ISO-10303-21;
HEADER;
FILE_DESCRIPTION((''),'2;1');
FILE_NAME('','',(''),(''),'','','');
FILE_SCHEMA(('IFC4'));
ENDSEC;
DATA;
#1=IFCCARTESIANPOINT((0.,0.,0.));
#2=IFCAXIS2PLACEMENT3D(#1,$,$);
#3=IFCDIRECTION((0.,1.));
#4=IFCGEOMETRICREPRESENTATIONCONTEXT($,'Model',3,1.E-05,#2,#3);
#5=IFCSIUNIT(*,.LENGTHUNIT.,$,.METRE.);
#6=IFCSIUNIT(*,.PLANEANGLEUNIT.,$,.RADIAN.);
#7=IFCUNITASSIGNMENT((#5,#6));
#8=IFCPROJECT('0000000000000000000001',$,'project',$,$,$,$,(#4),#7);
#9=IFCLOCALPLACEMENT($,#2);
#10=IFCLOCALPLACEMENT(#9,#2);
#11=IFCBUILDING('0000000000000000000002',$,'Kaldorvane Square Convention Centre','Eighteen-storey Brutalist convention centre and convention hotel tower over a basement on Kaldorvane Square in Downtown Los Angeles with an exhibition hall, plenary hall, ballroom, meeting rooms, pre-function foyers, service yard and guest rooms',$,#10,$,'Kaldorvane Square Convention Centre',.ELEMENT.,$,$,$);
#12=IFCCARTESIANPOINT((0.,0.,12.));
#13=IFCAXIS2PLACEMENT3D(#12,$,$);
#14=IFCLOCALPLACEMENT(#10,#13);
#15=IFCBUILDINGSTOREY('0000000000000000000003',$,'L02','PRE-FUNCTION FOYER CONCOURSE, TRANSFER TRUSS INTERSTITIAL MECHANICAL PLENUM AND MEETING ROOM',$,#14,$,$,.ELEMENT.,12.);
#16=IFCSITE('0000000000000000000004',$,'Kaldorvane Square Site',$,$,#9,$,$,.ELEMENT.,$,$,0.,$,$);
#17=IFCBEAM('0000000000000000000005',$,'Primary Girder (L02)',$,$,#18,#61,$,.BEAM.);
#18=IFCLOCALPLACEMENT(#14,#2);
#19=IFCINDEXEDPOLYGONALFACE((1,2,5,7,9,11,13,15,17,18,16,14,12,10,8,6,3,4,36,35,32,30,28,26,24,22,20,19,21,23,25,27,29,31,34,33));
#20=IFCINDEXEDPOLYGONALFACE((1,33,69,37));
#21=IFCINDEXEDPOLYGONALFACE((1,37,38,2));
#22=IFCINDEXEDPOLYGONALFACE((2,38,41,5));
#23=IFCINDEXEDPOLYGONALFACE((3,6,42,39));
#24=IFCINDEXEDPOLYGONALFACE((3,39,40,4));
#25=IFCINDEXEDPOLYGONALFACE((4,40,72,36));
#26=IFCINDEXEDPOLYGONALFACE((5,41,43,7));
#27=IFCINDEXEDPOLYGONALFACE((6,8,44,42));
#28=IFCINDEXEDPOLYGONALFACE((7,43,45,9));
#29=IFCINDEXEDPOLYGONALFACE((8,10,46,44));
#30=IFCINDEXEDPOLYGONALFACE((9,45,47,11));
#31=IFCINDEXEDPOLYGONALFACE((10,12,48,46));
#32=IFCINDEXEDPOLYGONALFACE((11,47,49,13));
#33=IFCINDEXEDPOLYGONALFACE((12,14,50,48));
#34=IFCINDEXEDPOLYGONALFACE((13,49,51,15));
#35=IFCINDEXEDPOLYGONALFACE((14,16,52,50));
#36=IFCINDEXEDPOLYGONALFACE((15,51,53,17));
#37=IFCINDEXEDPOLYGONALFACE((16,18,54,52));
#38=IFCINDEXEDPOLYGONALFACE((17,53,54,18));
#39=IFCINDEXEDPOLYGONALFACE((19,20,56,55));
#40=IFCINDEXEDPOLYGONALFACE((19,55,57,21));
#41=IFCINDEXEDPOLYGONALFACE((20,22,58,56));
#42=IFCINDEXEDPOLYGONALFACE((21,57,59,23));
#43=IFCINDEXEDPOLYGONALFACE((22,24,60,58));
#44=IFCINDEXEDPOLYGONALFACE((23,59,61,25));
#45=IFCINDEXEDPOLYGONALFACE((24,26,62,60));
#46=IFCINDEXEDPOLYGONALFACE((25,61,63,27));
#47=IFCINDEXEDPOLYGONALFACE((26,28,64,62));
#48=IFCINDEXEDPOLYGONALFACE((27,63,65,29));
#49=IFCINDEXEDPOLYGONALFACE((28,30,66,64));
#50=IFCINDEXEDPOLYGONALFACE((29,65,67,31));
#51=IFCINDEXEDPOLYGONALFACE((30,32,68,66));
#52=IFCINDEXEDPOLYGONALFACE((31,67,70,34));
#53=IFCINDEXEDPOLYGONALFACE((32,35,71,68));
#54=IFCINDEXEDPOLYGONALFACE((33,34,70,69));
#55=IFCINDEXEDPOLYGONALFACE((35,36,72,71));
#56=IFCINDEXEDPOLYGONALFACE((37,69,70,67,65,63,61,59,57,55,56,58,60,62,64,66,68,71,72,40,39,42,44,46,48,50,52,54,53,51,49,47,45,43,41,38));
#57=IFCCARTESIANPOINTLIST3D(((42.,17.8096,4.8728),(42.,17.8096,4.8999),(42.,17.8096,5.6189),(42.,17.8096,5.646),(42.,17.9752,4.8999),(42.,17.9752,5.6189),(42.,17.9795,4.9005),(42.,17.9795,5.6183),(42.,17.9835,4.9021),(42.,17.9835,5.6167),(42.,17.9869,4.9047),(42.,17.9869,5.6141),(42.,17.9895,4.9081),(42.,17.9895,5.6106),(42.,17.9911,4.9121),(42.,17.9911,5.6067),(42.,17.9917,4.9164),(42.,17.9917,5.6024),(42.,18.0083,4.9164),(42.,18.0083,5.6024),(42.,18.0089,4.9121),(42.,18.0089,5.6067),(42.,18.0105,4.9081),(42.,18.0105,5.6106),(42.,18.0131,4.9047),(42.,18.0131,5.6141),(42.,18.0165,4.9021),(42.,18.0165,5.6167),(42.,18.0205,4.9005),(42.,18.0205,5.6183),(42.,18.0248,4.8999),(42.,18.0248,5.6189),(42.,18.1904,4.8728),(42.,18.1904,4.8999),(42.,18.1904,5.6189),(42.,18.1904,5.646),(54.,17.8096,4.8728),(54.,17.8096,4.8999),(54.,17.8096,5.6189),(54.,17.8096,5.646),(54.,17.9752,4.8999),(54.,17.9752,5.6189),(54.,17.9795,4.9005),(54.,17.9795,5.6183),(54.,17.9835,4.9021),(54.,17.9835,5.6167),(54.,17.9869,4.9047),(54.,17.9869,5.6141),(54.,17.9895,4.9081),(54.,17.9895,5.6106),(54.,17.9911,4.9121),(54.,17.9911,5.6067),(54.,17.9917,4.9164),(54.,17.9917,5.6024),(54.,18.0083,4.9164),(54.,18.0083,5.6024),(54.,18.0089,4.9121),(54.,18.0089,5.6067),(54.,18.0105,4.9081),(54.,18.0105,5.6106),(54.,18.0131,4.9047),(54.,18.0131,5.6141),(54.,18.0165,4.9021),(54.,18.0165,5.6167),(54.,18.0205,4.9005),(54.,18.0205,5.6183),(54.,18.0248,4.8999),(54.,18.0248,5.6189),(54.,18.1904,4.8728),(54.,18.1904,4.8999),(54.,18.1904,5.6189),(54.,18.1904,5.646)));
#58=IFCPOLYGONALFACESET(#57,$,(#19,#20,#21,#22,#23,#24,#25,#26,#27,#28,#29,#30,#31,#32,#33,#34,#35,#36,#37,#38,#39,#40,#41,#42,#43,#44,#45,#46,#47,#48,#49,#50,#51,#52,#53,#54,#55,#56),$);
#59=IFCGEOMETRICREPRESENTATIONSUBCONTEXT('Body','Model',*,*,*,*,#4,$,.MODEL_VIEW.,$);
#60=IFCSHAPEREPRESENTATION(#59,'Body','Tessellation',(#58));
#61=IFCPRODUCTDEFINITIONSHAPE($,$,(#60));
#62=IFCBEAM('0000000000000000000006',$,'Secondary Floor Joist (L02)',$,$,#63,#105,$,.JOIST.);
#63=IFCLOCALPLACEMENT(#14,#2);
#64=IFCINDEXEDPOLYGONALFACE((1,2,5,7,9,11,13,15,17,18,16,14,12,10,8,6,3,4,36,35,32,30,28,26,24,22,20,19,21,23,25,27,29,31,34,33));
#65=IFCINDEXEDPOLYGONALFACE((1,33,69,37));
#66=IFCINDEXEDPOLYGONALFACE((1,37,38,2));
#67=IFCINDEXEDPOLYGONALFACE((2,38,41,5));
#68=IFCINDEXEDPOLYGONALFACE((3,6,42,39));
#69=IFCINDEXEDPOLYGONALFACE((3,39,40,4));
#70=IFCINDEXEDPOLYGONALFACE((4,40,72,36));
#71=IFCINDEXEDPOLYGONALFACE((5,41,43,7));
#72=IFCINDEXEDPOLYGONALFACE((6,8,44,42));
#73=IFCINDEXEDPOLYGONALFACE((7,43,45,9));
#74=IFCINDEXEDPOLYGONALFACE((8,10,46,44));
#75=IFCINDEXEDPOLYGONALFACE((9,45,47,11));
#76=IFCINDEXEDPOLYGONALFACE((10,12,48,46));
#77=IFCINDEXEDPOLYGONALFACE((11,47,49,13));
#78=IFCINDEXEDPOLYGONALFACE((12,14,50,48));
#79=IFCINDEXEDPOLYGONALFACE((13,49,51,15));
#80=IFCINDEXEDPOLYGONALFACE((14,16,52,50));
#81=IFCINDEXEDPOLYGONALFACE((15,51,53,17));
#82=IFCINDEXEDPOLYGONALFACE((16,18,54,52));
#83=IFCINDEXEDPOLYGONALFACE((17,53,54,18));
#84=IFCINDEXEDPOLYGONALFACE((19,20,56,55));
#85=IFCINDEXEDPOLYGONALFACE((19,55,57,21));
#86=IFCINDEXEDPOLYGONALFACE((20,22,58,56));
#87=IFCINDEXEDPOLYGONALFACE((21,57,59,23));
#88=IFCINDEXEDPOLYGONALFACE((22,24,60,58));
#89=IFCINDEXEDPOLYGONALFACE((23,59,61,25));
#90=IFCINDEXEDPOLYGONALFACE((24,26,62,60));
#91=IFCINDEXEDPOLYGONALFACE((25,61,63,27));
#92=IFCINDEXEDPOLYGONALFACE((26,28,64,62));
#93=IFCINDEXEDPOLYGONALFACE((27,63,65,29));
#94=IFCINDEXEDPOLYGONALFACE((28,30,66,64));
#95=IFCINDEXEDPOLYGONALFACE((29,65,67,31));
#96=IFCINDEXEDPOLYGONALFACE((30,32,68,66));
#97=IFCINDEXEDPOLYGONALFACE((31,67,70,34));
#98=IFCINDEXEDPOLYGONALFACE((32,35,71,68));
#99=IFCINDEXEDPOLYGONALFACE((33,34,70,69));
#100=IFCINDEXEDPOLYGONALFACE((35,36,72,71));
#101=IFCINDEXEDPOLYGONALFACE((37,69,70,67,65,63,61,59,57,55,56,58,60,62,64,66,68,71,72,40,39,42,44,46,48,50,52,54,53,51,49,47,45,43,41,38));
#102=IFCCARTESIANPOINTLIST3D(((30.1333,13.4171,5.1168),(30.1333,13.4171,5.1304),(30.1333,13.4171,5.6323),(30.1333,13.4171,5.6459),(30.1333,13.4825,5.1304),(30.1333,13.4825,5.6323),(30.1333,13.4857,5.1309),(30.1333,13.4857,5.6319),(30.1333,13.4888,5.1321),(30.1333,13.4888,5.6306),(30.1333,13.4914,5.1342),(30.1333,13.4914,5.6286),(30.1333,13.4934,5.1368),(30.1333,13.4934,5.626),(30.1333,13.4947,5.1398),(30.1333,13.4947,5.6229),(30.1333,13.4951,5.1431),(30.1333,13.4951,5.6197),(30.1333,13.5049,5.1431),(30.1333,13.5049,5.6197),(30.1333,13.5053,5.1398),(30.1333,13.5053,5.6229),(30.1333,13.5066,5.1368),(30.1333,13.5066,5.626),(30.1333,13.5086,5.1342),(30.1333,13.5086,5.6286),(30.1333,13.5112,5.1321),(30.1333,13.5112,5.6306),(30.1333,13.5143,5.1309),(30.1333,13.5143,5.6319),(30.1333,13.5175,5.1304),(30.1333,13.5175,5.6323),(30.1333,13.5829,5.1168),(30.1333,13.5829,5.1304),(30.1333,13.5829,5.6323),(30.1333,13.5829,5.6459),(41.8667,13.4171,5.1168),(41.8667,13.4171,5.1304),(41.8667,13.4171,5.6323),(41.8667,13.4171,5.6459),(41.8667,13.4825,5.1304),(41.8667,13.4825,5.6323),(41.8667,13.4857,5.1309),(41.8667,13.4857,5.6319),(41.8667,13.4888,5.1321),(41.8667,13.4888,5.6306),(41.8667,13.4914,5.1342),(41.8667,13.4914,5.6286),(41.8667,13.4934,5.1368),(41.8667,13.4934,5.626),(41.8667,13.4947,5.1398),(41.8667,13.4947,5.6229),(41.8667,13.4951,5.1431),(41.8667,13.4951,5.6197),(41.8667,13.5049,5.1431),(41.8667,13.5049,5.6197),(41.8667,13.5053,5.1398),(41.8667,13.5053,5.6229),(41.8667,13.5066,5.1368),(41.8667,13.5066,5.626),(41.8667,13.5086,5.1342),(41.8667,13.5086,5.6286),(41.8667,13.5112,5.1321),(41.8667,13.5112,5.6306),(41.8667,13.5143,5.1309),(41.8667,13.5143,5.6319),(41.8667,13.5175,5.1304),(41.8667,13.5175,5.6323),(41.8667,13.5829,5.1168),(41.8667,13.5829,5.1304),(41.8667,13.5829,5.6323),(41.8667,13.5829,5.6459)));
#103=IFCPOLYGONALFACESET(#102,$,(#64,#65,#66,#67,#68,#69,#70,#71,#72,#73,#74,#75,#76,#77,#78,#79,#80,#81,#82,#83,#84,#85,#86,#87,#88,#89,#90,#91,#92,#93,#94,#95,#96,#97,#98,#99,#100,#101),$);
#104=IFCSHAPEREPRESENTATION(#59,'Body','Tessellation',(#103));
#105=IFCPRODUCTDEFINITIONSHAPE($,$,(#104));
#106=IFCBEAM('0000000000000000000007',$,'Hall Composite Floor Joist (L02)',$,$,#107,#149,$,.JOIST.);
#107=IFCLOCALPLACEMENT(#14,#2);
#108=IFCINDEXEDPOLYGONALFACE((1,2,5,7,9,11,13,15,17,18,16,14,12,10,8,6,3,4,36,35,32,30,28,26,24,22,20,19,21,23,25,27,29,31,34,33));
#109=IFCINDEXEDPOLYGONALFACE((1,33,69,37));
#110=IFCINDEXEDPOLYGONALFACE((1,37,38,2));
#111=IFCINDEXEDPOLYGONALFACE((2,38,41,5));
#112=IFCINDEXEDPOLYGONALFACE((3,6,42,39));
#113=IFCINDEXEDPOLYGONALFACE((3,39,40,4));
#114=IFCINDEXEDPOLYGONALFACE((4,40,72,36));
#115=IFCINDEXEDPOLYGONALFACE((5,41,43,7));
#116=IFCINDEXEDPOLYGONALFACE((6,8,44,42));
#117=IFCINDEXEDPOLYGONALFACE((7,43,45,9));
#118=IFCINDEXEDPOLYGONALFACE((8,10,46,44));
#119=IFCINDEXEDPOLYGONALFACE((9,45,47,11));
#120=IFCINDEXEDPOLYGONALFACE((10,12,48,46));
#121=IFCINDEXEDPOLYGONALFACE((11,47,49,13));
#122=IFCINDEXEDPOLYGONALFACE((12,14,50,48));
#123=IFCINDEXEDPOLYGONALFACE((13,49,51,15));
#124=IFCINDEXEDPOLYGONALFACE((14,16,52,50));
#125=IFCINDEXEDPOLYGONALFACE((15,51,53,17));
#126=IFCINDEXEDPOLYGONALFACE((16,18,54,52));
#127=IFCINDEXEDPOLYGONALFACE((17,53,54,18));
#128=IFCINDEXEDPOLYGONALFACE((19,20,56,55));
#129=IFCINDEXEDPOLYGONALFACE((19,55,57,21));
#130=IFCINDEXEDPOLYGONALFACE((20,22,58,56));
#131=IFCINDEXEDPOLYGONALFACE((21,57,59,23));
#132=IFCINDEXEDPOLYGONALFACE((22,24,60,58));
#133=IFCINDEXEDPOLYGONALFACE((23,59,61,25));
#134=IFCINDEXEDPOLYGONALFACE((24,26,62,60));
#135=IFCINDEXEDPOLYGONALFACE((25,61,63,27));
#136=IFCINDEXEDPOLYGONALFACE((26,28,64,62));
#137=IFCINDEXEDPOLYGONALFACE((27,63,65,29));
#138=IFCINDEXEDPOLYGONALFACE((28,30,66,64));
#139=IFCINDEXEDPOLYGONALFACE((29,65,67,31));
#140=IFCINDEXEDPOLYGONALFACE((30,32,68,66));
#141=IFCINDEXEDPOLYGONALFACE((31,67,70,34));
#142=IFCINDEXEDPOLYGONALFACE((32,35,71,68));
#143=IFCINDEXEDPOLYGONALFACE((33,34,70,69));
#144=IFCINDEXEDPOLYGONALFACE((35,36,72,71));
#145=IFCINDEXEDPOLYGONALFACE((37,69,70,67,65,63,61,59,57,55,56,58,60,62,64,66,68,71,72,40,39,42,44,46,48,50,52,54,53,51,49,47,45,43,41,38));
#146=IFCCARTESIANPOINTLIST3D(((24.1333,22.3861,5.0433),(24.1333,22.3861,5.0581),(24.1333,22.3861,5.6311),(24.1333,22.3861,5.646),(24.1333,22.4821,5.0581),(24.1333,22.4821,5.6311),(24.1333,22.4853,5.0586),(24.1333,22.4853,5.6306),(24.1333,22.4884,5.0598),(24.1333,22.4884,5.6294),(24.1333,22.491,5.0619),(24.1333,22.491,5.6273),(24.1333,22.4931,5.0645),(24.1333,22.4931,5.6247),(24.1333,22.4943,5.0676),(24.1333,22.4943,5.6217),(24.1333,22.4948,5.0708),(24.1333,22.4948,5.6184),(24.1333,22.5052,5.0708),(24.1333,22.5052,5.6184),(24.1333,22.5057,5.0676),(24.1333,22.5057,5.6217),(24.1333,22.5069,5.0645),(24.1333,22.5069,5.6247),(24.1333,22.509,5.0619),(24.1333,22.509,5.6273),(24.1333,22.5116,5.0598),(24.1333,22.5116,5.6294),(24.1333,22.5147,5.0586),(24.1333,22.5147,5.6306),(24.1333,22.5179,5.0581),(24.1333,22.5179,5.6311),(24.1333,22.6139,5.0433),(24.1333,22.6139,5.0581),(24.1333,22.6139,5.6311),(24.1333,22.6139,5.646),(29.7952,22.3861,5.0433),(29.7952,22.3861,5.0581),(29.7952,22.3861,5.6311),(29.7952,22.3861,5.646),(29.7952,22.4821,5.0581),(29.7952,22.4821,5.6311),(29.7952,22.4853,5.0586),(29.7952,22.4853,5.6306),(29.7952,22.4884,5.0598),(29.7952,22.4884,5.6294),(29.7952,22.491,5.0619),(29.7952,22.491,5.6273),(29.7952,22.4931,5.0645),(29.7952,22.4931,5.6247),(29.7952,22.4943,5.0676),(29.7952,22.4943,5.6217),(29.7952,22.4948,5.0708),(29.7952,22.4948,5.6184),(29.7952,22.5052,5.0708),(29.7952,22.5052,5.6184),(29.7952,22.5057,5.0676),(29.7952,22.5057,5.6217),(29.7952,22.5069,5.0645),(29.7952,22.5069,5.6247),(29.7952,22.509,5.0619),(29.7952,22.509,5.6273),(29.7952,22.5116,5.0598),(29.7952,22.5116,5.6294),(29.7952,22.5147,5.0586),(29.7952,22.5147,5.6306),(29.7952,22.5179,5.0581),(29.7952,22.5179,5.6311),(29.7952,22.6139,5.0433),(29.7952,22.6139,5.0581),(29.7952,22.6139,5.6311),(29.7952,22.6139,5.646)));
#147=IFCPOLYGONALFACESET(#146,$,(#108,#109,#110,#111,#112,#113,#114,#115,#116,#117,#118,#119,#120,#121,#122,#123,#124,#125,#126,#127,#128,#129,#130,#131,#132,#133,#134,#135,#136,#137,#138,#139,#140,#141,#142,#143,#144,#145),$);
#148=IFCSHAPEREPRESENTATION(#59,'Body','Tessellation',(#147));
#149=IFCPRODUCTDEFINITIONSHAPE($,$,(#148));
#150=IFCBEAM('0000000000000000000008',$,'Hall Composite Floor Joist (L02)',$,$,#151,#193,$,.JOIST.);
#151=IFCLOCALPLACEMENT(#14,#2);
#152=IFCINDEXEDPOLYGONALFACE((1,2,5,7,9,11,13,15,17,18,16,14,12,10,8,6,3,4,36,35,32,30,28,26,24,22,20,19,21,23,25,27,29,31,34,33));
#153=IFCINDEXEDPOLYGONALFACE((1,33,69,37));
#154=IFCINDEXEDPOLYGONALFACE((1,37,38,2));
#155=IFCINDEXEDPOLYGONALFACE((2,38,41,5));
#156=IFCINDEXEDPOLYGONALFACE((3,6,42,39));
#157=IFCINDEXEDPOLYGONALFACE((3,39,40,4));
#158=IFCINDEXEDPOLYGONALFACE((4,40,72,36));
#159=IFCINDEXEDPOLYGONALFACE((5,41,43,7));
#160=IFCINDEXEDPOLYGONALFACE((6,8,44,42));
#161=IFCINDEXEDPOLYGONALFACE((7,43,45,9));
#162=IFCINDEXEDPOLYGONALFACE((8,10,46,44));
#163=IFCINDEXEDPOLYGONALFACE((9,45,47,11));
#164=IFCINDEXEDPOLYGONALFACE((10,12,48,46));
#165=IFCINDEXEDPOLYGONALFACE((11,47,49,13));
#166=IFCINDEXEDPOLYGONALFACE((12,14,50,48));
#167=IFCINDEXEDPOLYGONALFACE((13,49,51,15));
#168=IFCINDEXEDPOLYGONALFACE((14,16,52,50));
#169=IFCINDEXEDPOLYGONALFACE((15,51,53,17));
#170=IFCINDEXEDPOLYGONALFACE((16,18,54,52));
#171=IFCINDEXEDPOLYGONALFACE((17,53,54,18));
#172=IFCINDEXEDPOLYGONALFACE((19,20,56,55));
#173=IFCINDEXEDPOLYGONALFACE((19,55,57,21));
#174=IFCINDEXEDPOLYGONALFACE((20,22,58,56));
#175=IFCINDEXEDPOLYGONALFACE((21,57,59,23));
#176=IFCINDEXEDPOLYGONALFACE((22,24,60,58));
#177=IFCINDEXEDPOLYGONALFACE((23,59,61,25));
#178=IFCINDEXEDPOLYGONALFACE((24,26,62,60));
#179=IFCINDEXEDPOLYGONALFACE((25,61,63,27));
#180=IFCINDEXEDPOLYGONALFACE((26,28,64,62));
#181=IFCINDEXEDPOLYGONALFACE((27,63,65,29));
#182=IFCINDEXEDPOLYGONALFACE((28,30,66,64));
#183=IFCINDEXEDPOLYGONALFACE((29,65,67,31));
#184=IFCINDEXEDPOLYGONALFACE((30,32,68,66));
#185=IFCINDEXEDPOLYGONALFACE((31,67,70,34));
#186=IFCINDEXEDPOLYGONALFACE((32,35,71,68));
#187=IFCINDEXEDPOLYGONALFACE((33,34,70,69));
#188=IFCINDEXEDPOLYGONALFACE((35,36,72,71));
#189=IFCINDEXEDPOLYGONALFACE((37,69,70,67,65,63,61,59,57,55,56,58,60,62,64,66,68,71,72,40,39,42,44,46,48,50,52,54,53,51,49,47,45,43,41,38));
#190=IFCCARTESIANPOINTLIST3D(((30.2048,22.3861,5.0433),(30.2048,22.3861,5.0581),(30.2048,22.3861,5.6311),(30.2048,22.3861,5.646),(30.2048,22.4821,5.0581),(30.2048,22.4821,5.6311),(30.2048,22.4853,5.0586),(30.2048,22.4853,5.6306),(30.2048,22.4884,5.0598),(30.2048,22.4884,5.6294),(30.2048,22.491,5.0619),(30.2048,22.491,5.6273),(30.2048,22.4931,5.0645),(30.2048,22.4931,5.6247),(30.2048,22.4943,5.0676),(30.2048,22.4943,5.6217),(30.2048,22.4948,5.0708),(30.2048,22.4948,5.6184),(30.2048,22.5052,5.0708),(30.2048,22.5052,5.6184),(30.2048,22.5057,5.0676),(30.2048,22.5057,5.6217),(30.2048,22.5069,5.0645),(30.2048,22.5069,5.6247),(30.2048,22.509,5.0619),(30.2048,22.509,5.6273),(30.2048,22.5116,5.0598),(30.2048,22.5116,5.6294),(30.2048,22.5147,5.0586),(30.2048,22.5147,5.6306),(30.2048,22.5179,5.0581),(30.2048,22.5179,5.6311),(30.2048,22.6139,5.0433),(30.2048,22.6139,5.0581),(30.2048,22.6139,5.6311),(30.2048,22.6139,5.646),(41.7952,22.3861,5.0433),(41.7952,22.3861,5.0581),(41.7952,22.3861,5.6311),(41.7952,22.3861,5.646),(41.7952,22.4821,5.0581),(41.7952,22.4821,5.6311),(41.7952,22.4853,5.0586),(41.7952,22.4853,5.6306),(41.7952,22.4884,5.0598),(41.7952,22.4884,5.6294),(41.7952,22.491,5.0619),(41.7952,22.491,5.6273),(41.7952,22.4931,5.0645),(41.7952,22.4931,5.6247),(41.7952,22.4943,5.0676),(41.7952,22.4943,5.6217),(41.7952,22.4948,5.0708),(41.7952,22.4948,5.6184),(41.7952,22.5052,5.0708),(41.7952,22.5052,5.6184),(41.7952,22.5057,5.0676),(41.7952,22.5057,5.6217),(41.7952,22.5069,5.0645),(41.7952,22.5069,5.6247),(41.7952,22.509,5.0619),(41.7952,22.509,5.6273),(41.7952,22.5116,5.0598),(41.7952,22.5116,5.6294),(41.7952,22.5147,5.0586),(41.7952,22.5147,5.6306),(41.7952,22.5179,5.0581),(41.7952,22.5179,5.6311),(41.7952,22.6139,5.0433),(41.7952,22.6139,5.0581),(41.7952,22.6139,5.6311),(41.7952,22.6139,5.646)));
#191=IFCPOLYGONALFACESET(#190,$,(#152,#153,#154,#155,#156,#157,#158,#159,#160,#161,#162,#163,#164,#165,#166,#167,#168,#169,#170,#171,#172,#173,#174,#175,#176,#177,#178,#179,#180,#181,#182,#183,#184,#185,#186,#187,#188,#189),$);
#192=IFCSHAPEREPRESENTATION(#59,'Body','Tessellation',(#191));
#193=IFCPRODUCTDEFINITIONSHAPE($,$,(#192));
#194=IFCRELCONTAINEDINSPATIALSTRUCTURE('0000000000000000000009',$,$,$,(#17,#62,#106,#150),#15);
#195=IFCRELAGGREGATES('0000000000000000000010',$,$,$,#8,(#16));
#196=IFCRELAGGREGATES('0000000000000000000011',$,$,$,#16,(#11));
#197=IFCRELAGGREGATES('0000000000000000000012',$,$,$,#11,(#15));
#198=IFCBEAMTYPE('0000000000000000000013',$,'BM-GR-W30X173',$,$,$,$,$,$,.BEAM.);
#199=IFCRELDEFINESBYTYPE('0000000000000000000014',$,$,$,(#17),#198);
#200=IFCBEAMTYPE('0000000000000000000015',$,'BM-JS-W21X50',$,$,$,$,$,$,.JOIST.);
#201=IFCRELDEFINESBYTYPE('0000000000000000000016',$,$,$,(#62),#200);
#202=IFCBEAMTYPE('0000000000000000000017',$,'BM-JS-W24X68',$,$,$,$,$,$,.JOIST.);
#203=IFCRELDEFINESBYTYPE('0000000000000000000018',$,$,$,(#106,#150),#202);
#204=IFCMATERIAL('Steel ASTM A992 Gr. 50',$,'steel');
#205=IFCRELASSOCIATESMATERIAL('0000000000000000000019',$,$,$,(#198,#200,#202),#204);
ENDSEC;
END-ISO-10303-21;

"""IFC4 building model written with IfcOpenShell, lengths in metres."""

from ifc_helpers import new_model, si_unit, direction, frame, origin, origin_2d, place, context, subcontext, project, spatial, i_section, extrude, material, material_profile, profile_set, type_object, element, save


model = new_model("IFC4")

# Units and contexts
model_context = context("Model", 3, precision=1e-05, world=origin(), true_north=direction((0.0, 1.0)))
body_context = subcontext(model_context, "Body", "Model", "MODEL_VIEW")
ifc_project = project(units=[si_unit("LENGTHUNIT", "METRE"), si_unit("PLANEANGLEUNIT", "RADIAN")], contexts=[model_context])

# Site, building, storey
site_placement = place(None, origin())
site = spatial("IfcSite", under=ifc_project, at=site_placement, Name="Kaldorvane Square Site", CompositionType="ELEMENT", RefElevation=0.0)
building_placement = place(site_placement, origin())
building = spatial("IfcBuilding", under=site, at=building_placement, Name="Kaldorvane Square Convention Centre", Description="Eighteen-storey Brutalist convention centre and convention hotel tower over a basement on Kaldorvane Square in Downtown Los Angeles with an exhibition hall, plenary hall, ballroom, meeting rooms, pre-function foyers, service yard and guest rooms", LongName="Kaldorvane Square Convention Centre", CompositionType="ELEMENT")
storey_placement = place(building_placement, frame((0.0, 0.0, 12.0)))
storey = spatial("IfcBuildingStorey", under=building, at=storey_placement, Name="L02", Description="PRE-FUNCTION FOYER CONCOURSE, TRANSFER TRUSS INTERSTITIAL MECHANICAL PLENUM AND MEETING ROOM", CompositionType="ELEMENT", Elevation=12.0)

# Shared definitions
ifc_material_1 = material(Name="Steel ASTM A992 Gr. 50", Category="steel")

# Beams
ifc_material_profile_1 = material_profile(ifc_material_1, i_section(OverallWidth=0.3807, OverallDepth=0.7732, WebThickness=0.0166, FlangeThickness=0.0271, FilletRadius=0.0165, at=origin_2d()), Name="W30X173")
ifc_profile_set_1 = profile_set([ifc_material_profile_1], Name="Steel ASTM A992 Gr. 50")
beam_type_1 = type_object("IfcBeamType", Name="BM-GR-W30X173", PredefinedType="BEAM", material=ifc_profile_set_1)
for number, where, z_axis, x_axis, name in (
    (1, (42.0, 18.0, 5.2594), (1.0, 0.0, 0.0), (0.0, 1.0, 0.0), "Primary Girder (L02)"),
):
    element("IfcBeam", number, at=place(storey_placement, frame(where, z_axis=z_axis, x_axis=x_axis)), inside=storey, type_object=beam_type_1, Name=name, PredefinedType="BEAM", context=body_context, shape_type="SweptSolid", body=[
        extrude(i_section(OverallWidth=0.3807, OverallDepth=0.7732, WebThickness=0.0166, FlangeThickness=0.0271, FilletRadius=0.0165, at=origin_2d()), origin(), (0.0, 0.0, 1.0), 12.0),
    ])
ifc_material_profile_2 = material_profile(ifc_material_1, i_section(OverallWidth=0.1659, OverallDepth=0.5291, WebThickness=0.0097, FlangeThickness=0.0136, FilletRadius=0.0127, at=origin_2d()), Name="W21X50")
ifc_profile_set_2 = profile_set([ifc_material_profile_2], Name="Steel ASTM A992 Gr. 50")
beam_type_2 = type_object("IfcBeamType", Name="BM-JS-W21X50", PredefinedType="JOIST", material=ifc_profile_set_2)
beam_1_placement = place(storey_placement, frame((30.1333, 13.5, 5.3814), z_axis=(1.0, 0.0, 0.0), x_axis=(0.0, 1.0, 0.0)))
element("IfcBeam", 2, at=beam_1_placement, inside=storey, type_object=beam_type_2, Name="Secondary Floor Joist (L02)", PredefinedType="JOIST", context=body_context, shape_type="SweptSolid", body=[
    extrude(i_section(OverallWidth=0.1659, OverallDepth=0.5291, WebThickness=0.0097, FlangeThickness=0.0136, FilletRadius=0.0127, at=origin_2d()), origin(), (0.0, 0.0, 1.0), 11.7334),
])
ifc_material_profile_3 = material_profile(ifc_material_1, i_section(OverallWidth=0.2277, OverallDepth=0.6027, WebThickness=0.0105, FlangeThickness=0.0149, FilletRadius=0.0127, at=origin_2d()), Name="W24X68")
ifc_profile_set_3 = profile_set([ifc_material_profile_3], Name="Steel ASTM A992 Gr. 50")
beam_type_3 = type_object("IfcBeamType", Name="BM-JS-W24X68", PredefinedType="JOIST", material=ifc_profile_set_3)
beam_2_placement = place(storey_placement, frame((24.1333, 22.5, 5.3446), z_axis=(1.0, 0.0, 0.0), x_axis=(0.0, 1.0, 0.0)))
element("IfcBeam", 3, at=beam_2_placement, inside=storey, type_object=beam_type_3, Name="Hall Composite Floor Joist (L02)", PredefinedType="JOIST", context=body_context, shape_type="SweptSolid", body=[
    extrude(i_section(OverallWidth=0.2277, OverallDepth=0.6027, WebThickness=0.0105, FlangeThickness=0.0149, FilletRadius=0.0127, at=origin_2d()), origin(), (0.0, 0.0, 1.0), 5.6619),
])
beam_3_placement = place(storey_placement, frame((30.2048, 22.5, 5.3446), z_axis=(1.0, 0.0, 0.0), x_axis=(0.0, 1.0, 0.0)))
element("IfcBeam", 4, at=beam_3_placement, inside=storey, type_object=beam_type_3, Name="Hall Composite Floor Joist (L02)", PredefinedType="JOIST", context=body_context, shape_type="SweptSolid", body=[
    extrude(i_section(OverallWidth=0.2277, OverallDepth=0.6027, WebThickness=0.0105, FlangeThickness=0.0149, FilletRadius=0.0127, at=origin_2d()), origin(), (0.0, 0.0, 1.0), 11.5904),
])

save(model, "model.ifc")
